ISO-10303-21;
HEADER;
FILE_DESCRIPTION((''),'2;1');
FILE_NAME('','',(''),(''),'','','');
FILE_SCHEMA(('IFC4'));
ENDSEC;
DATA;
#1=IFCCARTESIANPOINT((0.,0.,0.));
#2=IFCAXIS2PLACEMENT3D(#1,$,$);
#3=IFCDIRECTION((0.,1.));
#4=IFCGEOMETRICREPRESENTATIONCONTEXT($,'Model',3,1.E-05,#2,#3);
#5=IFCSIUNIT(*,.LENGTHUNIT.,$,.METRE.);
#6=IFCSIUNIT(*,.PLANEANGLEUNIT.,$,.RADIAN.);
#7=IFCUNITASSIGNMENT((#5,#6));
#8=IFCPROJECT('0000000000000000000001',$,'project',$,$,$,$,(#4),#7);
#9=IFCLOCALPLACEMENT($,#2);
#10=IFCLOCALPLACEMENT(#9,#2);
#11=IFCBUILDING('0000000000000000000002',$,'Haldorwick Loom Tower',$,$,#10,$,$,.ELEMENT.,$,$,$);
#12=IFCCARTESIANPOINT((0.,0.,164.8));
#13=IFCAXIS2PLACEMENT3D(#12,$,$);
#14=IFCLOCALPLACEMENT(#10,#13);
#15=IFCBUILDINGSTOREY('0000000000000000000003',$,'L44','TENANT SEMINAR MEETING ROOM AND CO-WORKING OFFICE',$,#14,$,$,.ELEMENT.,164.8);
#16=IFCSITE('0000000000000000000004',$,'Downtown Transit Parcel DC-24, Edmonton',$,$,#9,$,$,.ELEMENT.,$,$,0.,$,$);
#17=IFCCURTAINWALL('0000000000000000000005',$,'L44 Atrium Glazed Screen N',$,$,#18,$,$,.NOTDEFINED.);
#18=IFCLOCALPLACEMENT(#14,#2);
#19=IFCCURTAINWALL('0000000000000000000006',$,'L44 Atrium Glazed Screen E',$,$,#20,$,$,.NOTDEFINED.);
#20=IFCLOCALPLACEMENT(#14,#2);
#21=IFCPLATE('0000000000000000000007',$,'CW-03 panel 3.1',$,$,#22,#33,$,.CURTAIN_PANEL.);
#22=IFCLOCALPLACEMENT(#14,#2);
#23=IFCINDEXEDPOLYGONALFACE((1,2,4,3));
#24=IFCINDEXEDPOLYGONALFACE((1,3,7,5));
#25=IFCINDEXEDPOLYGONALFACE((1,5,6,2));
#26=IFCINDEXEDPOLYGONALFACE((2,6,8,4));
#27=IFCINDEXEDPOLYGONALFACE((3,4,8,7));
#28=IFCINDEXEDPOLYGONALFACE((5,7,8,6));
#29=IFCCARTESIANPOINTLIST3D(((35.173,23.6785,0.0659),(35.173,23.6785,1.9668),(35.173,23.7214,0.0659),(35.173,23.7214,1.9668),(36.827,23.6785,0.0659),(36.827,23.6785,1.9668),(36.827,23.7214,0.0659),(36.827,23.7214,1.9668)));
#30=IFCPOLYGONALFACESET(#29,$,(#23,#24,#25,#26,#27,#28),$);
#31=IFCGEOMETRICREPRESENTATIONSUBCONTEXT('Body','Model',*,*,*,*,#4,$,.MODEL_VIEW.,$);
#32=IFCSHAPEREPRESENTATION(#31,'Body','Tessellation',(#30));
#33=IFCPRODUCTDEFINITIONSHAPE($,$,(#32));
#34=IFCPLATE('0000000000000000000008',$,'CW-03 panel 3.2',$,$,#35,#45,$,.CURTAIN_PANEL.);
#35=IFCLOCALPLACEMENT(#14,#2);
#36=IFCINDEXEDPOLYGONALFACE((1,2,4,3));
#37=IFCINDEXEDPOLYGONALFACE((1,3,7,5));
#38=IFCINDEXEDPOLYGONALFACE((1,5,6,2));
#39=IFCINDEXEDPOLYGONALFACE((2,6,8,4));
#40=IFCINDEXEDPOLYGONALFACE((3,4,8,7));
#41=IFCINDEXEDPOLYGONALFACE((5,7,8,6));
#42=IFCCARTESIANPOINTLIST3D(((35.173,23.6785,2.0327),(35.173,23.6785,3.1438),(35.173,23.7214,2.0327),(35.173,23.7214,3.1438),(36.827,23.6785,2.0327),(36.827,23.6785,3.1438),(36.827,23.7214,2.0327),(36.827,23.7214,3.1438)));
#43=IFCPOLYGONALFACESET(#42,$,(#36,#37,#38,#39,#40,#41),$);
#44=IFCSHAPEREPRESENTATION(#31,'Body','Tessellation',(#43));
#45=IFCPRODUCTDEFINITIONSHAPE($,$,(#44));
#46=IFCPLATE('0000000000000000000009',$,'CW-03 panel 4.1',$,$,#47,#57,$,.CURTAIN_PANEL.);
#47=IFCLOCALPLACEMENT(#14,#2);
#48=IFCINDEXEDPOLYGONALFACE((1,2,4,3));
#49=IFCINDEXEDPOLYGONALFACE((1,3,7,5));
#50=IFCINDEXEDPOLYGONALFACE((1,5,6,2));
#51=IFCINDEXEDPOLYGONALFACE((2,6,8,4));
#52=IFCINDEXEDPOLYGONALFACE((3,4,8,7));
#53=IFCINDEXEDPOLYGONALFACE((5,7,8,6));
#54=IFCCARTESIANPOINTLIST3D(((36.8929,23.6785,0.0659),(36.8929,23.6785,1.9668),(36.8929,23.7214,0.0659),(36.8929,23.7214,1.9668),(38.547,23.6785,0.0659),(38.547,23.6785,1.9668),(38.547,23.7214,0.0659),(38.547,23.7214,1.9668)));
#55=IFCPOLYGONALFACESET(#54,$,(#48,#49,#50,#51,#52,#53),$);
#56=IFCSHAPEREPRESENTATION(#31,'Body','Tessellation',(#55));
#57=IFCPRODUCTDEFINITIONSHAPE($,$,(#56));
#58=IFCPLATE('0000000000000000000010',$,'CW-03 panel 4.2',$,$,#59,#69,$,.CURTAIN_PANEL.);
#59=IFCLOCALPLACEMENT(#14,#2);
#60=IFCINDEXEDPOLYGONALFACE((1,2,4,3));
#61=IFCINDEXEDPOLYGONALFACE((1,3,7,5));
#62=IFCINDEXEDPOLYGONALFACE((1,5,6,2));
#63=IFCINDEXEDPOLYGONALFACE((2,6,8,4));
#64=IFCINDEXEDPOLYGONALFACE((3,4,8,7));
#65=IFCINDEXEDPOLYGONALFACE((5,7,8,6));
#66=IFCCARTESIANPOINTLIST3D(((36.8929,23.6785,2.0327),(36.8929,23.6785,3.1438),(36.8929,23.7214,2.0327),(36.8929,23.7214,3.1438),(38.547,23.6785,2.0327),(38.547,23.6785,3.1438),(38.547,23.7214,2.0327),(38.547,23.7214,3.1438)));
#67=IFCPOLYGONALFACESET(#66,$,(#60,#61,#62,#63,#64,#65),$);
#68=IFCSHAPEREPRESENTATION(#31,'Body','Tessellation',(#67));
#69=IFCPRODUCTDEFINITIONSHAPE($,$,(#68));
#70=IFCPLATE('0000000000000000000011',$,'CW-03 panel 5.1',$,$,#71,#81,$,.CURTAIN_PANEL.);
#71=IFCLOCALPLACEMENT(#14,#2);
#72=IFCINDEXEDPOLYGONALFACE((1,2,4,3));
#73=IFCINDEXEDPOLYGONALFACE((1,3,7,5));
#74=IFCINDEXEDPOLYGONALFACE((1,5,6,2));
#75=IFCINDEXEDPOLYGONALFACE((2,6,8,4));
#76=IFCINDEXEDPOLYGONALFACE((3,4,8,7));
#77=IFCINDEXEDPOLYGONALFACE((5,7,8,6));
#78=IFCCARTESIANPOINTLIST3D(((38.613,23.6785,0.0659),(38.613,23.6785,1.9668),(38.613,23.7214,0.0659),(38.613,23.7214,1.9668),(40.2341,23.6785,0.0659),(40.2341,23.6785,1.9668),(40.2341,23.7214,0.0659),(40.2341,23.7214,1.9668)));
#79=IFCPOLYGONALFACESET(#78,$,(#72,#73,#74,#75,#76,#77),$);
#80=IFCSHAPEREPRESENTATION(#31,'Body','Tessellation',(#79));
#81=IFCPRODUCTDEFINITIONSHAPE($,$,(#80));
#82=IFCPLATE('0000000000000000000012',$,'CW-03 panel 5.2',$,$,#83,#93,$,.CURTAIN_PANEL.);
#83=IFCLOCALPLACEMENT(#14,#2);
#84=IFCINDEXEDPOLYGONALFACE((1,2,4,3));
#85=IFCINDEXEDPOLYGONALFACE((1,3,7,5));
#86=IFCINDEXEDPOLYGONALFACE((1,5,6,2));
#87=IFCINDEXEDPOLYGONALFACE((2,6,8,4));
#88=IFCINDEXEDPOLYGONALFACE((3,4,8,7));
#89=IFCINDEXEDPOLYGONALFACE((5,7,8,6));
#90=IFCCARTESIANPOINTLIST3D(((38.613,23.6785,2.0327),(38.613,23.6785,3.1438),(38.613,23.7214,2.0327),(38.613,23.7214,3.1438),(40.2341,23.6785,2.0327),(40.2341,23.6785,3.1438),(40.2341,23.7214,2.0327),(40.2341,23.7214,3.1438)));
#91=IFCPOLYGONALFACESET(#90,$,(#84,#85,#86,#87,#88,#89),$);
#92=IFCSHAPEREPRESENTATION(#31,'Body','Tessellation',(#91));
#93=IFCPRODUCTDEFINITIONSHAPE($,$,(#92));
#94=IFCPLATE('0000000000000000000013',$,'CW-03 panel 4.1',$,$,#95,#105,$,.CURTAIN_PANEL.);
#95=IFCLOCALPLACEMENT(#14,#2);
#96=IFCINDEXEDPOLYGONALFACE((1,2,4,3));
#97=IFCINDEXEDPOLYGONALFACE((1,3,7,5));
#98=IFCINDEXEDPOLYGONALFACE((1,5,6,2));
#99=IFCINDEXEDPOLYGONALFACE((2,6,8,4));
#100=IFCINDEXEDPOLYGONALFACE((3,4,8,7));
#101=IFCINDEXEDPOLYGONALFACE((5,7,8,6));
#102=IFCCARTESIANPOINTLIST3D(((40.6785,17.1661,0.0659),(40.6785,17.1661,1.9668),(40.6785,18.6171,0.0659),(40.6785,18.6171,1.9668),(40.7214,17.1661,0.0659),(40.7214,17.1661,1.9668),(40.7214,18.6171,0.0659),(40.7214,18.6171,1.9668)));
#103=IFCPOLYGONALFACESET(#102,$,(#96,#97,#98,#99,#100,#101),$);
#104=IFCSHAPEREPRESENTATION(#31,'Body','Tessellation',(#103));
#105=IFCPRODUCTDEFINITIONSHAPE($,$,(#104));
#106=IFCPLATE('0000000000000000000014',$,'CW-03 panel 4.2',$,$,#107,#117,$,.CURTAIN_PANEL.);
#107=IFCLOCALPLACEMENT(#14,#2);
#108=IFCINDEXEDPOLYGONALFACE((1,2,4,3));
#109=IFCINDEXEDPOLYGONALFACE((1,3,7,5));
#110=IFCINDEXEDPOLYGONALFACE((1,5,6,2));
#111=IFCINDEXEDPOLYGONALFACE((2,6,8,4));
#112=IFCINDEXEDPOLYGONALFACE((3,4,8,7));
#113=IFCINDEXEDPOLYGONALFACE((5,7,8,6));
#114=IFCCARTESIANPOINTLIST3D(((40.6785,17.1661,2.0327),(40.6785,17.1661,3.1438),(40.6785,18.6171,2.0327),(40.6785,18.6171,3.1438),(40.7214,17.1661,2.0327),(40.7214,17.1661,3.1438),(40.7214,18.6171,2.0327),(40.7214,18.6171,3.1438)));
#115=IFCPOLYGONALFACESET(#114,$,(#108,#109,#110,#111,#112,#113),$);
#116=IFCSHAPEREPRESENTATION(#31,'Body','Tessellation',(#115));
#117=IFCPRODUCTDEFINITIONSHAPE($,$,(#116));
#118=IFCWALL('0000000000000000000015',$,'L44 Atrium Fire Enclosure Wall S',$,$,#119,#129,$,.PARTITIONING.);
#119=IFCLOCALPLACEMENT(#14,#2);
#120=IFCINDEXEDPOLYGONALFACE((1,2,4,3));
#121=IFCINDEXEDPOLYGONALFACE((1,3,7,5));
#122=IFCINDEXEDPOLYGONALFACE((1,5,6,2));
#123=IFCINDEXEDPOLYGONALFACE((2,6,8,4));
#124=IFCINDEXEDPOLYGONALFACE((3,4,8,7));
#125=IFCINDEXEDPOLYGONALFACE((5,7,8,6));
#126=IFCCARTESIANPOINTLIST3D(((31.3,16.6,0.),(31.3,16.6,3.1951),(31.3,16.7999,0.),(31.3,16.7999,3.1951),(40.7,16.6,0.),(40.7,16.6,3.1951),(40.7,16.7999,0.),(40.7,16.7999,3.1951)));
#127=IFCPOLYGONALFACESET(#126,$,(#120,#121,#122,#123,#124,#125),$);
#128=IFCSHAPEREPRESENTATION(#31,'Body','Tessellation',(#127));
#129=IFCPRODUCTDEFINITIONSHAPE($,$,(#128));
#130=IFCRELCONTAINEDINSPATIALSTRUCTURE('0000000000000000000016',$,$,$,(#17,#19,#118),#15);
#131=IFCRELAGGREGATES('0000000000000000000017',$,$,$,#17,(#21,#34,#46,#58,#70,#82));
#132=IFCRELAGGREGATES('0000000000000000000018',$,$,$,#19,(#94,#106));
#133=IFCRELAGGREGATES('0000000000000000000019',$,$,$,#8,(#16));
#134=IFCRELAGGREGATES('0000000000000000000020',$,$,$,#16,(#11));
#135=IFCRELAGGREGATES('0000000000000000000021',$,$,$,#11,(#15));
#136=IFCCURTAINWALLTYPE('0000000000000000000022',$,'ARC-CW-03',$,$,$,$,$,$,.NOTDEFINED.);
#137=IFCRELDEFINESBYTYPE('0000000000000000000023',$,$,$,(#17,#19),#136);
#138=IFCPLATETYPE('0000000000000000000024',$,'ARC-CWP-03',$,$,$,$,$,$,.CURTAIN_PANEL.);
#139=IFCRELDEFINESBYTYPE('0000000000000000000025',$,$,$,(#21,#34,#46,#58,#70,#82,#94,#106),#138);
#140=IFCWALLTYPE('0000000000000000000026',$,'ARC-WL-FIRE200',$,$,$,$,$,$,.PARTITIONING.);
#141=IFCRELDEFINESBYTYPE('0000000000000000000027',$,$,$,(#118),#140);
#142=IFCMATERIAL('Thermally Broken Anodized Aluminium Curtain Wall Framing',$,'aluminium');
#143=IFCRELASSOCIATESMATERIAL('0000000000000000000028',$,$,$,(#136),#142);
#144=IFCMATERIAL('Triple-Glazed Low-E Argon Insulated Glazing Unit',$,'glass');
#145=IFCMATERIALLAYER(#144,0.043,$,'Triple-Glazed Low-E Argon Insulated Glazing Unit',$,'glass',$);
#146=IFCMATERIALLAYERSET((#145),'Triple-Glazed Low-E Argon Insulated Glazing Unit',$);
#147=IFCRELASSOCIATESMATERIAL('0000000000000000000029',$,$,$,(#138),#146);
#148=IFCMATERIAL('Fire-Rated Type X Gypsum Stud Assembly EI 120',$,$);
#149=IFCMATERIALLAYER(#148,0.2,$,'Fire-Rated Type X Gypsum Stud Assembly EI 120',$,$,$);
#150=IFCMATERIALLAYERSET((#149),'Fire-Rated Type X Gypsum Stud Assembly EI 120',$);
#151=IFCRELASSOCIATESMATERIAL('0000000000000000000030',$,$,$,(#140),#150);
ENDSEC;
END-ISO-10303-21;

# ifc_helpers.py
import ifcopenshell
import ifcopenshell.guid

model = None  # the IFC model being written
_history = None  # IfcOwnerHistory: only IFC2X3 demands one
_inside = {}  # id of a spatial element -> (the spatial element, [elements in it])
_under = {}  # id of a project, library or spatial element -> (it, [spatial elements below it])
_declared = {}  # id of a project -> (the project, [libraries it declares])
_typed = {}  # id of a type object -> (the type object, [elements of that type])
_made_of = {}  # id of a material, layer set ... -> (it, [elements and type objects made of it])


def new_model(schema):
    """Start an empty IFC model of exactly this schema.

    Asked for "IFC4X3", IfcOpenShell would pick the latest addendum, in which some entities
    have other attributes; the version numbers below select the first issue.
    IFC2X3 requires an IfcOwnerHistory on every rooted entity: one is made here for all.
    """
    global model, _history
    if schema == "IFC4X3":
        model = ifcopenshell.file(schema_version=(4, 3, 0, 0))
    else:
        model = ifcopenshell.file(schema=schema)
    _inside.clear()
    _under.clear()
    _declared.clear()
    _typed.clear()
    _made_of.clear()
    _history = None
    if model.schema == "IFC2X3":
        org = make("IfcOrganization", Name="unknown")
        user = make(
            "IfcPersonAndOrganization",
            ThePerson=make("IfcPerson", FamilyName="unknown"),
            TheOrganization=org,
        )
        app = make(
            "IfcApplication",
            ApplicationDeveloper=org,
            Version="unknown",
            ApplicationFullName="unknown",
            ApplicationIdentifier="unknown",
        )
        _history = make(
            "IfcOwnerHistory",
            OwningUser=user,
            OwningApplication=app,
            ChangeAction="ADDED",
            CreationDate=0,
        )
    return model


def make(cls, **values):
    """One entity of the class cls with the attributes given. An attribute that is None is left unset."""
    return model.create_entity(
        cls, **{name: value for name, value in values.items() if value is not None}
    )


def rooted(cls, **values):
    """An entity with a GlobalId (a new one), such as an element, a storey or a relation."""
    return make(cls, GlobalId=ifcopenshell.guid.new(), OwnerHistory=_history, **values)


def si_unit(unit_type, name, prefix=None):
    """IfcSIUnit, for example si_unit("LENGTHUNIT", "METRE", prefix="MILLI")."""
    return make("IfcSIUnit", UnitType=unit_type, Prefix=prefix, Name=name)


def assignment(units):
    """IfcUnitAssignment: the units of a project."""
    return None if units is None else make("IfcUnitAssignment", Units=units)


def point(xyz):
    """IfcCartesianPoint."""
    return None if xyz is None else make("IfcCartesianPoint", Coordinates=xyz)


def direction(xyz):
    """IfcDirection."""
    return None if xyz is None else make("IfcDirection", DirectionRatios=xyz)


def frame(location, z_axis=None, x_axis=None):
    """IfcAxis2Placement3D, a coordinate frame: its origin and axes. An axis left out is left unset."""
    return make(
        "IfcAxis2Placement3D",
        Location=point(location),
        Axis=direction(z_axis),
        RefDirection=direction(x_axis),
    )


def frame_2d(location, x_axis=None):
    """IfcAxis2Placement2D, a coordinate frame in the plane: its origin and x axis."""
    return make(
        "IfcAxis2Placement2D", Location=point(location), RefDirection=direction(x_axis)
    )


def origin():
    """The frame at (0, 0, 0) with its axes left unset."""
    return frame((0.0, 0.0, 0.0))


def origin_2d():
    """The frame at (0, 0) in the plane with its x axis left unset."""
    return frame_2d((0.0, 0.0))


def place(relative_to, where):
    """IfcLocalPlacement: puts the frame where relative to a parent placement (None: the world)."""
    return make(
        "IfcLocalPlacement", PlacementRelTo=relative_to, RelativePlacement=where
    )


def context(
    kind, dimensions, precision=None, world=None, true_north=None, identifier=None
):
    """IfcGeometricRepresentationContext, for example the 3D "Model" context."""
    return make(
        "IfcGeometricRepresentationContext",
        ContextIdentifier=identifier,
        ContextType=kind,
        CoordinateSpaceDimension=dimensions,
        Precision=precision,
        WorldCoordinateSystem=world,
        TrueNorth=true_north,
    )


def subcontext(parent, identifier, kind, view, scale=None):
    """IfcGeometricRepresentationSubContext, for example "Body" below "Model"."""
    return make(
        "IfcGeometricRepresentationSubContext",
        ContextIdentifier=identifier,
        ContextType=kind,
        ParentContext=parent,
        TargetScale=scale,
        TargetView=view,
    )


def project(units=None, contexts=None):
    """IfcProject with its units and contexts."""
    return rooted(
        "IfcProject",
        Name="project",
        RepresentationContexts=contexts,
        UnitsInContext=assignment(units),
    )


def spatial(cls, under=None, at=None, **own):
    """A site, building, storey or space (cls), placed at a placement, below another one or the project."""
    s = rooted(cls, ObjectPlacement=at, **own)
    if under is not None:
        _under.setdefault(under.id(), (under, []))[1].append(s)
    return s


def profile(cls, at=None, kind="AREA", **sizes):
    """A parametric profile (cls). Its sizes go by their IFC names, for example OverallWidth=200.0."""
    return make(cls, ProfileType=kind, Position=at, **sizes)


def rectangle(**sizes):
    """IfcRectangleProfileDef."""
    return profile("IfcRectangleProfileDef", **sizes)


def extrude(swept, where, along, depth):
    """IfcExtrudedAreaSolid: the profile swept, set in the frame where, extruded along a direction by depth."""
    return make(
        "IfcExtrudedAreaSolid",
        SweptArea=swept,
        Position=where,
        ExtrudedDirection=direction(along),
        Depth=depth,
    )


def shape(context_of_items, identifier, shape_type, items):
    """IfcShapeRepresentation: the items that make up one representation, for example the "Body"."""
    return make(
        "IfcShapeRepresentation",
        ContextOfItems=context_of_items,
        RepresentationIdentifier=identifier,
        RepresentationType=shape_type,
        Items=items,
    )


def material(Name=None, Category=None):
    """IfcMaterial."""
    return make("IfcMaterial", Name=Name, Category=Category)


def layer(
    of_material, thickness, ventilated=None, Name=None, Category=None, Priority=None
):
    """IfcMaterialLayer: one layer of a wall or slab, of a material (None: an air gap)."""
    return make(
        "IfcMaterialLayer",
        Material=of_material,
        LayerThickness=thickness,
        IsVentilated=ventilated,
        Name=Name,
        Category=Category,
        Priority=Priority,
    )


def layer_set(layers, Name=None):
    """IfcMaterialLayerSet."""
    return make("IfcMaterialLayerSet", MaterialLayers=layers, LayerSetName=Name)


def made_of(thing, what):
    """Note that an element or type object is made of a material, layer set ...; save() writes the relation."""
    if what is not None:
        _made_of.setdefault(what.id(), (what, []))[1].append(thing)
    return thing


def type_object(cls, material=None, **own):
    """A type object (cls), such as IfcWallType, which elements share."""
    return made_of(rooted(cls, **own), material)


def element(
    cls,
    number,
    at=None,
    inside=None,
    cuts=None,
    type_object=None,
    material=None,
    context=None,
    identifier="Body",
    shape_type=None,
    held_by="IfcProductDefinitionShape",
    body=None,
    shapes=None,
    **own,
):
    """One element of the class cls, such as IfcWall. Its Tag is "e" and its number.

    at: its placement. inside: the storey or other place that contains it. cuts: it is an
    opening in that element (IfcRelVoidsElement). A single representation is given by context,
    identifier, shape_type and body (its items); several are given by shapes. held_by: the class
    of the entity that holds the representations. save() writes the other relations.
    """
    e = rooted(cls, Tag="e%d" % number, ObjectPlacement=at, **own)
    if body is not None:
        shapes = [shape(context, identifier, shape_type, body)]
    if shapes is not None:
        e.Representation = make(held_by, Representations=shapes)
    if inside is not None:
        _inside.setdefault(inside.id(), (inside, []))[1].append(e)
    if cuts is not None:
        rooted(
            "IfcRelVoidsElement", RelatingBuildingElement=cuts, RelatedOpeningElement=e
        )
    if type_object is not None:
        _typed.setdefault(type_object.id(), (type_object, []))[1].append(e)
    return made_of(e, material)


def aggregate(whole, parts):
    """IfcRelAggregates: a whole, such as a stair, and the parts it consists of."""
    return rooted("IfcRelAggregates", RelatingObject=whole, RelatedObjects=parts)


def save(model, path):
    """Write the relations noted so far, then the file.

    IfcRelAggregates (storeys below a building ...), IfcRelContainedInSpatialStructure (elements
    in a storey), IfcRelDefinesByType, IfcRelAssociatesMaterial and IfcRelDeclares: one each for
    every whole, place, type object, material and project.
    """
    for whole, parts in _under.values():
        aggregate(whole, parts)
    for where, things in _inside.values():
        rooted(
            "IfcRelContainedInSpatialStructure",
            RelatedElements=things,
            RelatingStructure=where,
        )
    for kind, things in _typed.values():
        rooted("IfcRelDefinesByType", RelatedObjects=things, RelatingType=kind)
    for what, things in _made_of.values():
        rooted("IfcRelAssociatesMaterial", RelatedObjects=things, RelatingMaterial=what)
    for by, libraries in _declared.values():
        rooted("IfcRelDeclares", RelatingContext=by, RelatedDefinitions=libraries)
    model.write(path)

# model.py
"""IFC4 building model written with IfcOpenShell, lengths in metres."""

from ifc_helpers import new_model, si_unit, direction, frame, frame_2d, origin, origin_2d, place, context, subcontext, project, spatial, rectangle, extrude, material, layer, layer_set, type_object, element, aggregate, save


model = new_model("IFC4")

# Units and contexts
model_context = context("Model", 3, precision=1e-05, world=origin(), true_north=direction((0.0, 1.0)))
body_context = subcontext(model_context, "Body", "Model", "MODEL_VIEW")
ifc_project = project(units=[si_unit("LENGTHUNIT", "METRE"), si_unit("PLANEANGLEUNIT", "RADIAN")], contexts=[model_context])

# Site, building, storey
site_placement = place(None, origin())
site = spatial("IfcSite", under=ifc_project, at=site_placement, Name="Downtown Transit Parcel DC-24, Edmonton", CompositionType="ELEMENT", RefElevation=0.0)
building_placement = place(site_placement, origin())
building = spatial("IfcBuilding", under=site, at=building_placement, Name="Haldorwick Loom Tower", CompositionType="ELEMENT")
storey_placement = place(building_placement, frame((0.0, 0.0, 164.8)))
storey = spatial("IfcBuildingStorey", under=building, at=storey_placement, Name="L44", Description="TENANT SEMINAR MEETING ROOM AND CO-WORKING OFFICE", CompositionType="ELEMENT", Elevation=164.8)

# Shared definitions
ifc_material_1 = material(Name="Thermally Broken Anodized Aluminium Curtain Wall Framing", Category="aluminium")
curtain_wall_type = type_object("IfcCurtainWallType", Name="ARC-CW-03", PredefinedType="NOTDEFINED", material=ifc_material_1)

# Curtain wall
curtain_wall_1_placement = place(storey_placement, origin())
curtain_wall_1 = element("IfcCurtainWall", 1, at=curtain_wall_1_placement, inside=storey, type_object=curtain_wall_type, Name="L44 Atrium Glazed Screen N", PredefinedType="NOTDEFINED")

# Curtain wall
curtain_wall_2_placement = place(storey_placement, origin())
curtain_wall_2 = element("IfcCurtainWall", 2, at=curtain_wall_2_placement, inside=storey, type_object=curtain_wall_type, Name="L44 Atrium Glazed Screen E", PredefinedType="NOTDEFINED")

# Plates
ifc_material_2 = material(Name="Triple-Glazed Low-E Argon Insulated Glazing Unit", Category="glass")
ifc_layer_1 = layer(ifc_material_2, 0.043, Name="Triple-Glazed Low-E Argon Insulated Glazing Unit", Category="glass")
ifc_layer_set_1 = layer_set([ifc_layer_1], Name="Triple-Glazed Low-E Argon Insulated Glazing Unit")
plate_type = type_object("IfcPlateType", Name="ARC-CWP-03", PredefinedType="CURTAIN_PANEL", material=ifc_layer_set_1)
plate_1_placement = place(storey_placement, frame((36.0, 23.7, 0.0659), z_axis=(0.0, 0.0, 1.0), x_axis=(1.0, 0.0, 0.0)))
plate_1 = element("IfcPlate", 3, at=plate_1_placement, type_object=plate_type, Name="CW-03 panel 3.1", PredefinedType="CURTAIN_PANEL", context=body_context, shape_type="SweptSolid", body=[
    extrude(rectangle(XDim=1.6541, YDim=0.043, at=origin_2d()), origin(), (0.0, 0.0, 1.0), 1.9009),
])
plate_2_placement = place(storey_placement, frame((36.0, 23.7, 2.0327), z_axis=(0.0, 0.0, 1.0), x_axis=(1.0, 0.0, 0.0)))
plate_2 = element("IfcPlate", 4, at=plate_2_placement, type_object=plate_type, Name="CW-03 panel 3.2", PredefinedType="CURTAIN_PANEL", context=body_context, shape_type="SweptSolid", body=[
    extrude(rectangle(XDim=1.6541, YDim=0.043, at=origin_2d()), origin(), (0.0, 0.0, 1.0), 1.1111),
])
plate_3_placement = place(storey_placement, frame((37.72, 23.7, 0.0659), z_axis=(0.0, 0.0, 1.0), x_axis=(1.0, 0.0, 0.0)))
plate_3 = element("IfcPlate", 5, at=plate_3_placement, type_object=plate_type, Name="CW-03 panel 4.1", PredefinedType="CURTAIN_PANEL", context=body_context, shape_type="SweptSolid", body=[
    extrude(rectangle(XDim=1.6541, YDim=0.043, at=origin_2d()), origin(), (0.0, 0.0, 1.0), 1.9009),
])
plate_4_placement = place(storey_placement, frame((37.72, 23.7, 2.0327), z_axis=(0.0, 0.0, 1.0), x_axis=(1.0, 0.0, 0.0)))
plate_4 = element("IfcPlate", 6, at=plate_4_placement, type_object=plate_type, Name="CW-03 panel 4.2", PredefinedType="CURTAIN_PANEL", context=body_context, shape_type="SweptSolid", body=[
    extrude(rectangle(XDim=1.6541, YDim=0.043, at=origin_2d()), origin(), (0.0, 0.0, 1.0), 1.1111),
])
plate_5_placement = place(storey_placement, frame((39.4236, 23.7, 0.0659), z_axis=(0.0, 0.0, 1.0), x_axis=(1.0, 0.0, 0.0)))
plate_5 = element("IfcPlate", 7, at=plate_5_placement, type_object=plate_type, Name="CW-03 panel 5.1", PredefinedType="CURTAIN_PANEL", context=body_context, shape_type="SweptSolid", body=[
    extrude(rectangle(XDim=1.6211, YDim=0.043, at=origin_2d()), origin(), (0.0, 0.0, 1.0), 1.9009),
])
plate_6_placement = place(storey_placement, frame((39.4236, 23.7, 2.0327), z_axis=(0.0, 0.0, 1.0), x_axis=(1.0, 0.0, 0.0)))
plate_6 = element("IfcPlate", 8, at=plate_6_placement, type_object=plate_type, Name="CW-03 panel 5.2", PredefinedType="CURTAIN_PANEL", context=body_context, shape_type="SweptSolid", body=[
    extrude(rectangle(XDim=1.6211, YDim=0.043, at=origin_2d()), origin(), (0.0, 0.0, 1.0), 1.1111),
])
aggregate(curtain_wall_1, [plate_1, plate_2, plate_3, plate_4, plate_5, plate_6])
plate_7_placement = place(storey_placement, frame((40.7, 17.8916, 0.0659), z_axis=(0.0, 0.0, 1.0), x_axis=(0.0, -1.0, 0.0)))
plate_7 = element("IfcPlate", 9, at=plate_7_placement, type_object=plate_type, Name="CW-03 panel 4.1", PredefinedType="CURTAIN_PANEL", context=body_context, shape_type="SweptSolid", body=[
    extrude(rectangle(XDim=1.4509, YDim=0.043, at=origin_2d()), origin(), (0.0, 0.0, 1.0), 1.9009),
])
plate_8_placement = place(storey_placement, frame((40.7, 17.8916, 2.0327), z_axis=(0.0, 0.0, 1.0), x_axis=(0.0, -1.0, 0.0)))
plate_8 = element("IfcPlate", 10, at=plate_8_placement, type_object=plate_type, Name="CW-03 panel 4.2", PredefinedType="CURTAIN_PANEL", context=body_context, shape_type="SweptSolid", body=[
    extrude(rectangle(XDim=1.4509, YDim=0.043, at=origin_2d()), origin(), (0.0, 0.0, 1.0), 1.1111),
])
aggregate(curtain_wall_2, [plate_7, plate_8])

# Wall
ifc_material_3 = material(Name="Fire-Rated Type X Gypsum Stud Assembly EI 120")
ifc_layer_2 = layer(ifc_material_3, 0.2, Name="Fire-Rated Type X Gypsum Stud Assembly EI 120")
ifc_layer_set_2 = layer_set([ifc_layer_2], Name="Fire-Rated Type X Gypsum Stud Assembly EI 120")
wall_type = type_object("IfcWallType", Name="ARC-WL-FIRE200", PredefinedType="PARTITIONING", material=ifc_layer_set_2)
wall_placement = place(storey_placement, frame((40.7, 16.7, 0.0), z_axis=(0.0, 0.0, 1.0), x_axis=(-1.0, 0.0, 0.0)))
element("IfcWall", 11, at=wall_placement, inside=storey, type_object=wall_type, Name="L44 Atrium Fire Enclosure Wall S", PredefinedType="PARTITIONING", context=body_context, shape_type="SweptSolid", body=[
    extrude(rectangle(XDim=9.3999, YDim=0.2, at=frame_2d((4.7, 0.0))), origin(), (0.0, 0.0, 1.0), 3.1951),
])

save(model, "model.ifc")
